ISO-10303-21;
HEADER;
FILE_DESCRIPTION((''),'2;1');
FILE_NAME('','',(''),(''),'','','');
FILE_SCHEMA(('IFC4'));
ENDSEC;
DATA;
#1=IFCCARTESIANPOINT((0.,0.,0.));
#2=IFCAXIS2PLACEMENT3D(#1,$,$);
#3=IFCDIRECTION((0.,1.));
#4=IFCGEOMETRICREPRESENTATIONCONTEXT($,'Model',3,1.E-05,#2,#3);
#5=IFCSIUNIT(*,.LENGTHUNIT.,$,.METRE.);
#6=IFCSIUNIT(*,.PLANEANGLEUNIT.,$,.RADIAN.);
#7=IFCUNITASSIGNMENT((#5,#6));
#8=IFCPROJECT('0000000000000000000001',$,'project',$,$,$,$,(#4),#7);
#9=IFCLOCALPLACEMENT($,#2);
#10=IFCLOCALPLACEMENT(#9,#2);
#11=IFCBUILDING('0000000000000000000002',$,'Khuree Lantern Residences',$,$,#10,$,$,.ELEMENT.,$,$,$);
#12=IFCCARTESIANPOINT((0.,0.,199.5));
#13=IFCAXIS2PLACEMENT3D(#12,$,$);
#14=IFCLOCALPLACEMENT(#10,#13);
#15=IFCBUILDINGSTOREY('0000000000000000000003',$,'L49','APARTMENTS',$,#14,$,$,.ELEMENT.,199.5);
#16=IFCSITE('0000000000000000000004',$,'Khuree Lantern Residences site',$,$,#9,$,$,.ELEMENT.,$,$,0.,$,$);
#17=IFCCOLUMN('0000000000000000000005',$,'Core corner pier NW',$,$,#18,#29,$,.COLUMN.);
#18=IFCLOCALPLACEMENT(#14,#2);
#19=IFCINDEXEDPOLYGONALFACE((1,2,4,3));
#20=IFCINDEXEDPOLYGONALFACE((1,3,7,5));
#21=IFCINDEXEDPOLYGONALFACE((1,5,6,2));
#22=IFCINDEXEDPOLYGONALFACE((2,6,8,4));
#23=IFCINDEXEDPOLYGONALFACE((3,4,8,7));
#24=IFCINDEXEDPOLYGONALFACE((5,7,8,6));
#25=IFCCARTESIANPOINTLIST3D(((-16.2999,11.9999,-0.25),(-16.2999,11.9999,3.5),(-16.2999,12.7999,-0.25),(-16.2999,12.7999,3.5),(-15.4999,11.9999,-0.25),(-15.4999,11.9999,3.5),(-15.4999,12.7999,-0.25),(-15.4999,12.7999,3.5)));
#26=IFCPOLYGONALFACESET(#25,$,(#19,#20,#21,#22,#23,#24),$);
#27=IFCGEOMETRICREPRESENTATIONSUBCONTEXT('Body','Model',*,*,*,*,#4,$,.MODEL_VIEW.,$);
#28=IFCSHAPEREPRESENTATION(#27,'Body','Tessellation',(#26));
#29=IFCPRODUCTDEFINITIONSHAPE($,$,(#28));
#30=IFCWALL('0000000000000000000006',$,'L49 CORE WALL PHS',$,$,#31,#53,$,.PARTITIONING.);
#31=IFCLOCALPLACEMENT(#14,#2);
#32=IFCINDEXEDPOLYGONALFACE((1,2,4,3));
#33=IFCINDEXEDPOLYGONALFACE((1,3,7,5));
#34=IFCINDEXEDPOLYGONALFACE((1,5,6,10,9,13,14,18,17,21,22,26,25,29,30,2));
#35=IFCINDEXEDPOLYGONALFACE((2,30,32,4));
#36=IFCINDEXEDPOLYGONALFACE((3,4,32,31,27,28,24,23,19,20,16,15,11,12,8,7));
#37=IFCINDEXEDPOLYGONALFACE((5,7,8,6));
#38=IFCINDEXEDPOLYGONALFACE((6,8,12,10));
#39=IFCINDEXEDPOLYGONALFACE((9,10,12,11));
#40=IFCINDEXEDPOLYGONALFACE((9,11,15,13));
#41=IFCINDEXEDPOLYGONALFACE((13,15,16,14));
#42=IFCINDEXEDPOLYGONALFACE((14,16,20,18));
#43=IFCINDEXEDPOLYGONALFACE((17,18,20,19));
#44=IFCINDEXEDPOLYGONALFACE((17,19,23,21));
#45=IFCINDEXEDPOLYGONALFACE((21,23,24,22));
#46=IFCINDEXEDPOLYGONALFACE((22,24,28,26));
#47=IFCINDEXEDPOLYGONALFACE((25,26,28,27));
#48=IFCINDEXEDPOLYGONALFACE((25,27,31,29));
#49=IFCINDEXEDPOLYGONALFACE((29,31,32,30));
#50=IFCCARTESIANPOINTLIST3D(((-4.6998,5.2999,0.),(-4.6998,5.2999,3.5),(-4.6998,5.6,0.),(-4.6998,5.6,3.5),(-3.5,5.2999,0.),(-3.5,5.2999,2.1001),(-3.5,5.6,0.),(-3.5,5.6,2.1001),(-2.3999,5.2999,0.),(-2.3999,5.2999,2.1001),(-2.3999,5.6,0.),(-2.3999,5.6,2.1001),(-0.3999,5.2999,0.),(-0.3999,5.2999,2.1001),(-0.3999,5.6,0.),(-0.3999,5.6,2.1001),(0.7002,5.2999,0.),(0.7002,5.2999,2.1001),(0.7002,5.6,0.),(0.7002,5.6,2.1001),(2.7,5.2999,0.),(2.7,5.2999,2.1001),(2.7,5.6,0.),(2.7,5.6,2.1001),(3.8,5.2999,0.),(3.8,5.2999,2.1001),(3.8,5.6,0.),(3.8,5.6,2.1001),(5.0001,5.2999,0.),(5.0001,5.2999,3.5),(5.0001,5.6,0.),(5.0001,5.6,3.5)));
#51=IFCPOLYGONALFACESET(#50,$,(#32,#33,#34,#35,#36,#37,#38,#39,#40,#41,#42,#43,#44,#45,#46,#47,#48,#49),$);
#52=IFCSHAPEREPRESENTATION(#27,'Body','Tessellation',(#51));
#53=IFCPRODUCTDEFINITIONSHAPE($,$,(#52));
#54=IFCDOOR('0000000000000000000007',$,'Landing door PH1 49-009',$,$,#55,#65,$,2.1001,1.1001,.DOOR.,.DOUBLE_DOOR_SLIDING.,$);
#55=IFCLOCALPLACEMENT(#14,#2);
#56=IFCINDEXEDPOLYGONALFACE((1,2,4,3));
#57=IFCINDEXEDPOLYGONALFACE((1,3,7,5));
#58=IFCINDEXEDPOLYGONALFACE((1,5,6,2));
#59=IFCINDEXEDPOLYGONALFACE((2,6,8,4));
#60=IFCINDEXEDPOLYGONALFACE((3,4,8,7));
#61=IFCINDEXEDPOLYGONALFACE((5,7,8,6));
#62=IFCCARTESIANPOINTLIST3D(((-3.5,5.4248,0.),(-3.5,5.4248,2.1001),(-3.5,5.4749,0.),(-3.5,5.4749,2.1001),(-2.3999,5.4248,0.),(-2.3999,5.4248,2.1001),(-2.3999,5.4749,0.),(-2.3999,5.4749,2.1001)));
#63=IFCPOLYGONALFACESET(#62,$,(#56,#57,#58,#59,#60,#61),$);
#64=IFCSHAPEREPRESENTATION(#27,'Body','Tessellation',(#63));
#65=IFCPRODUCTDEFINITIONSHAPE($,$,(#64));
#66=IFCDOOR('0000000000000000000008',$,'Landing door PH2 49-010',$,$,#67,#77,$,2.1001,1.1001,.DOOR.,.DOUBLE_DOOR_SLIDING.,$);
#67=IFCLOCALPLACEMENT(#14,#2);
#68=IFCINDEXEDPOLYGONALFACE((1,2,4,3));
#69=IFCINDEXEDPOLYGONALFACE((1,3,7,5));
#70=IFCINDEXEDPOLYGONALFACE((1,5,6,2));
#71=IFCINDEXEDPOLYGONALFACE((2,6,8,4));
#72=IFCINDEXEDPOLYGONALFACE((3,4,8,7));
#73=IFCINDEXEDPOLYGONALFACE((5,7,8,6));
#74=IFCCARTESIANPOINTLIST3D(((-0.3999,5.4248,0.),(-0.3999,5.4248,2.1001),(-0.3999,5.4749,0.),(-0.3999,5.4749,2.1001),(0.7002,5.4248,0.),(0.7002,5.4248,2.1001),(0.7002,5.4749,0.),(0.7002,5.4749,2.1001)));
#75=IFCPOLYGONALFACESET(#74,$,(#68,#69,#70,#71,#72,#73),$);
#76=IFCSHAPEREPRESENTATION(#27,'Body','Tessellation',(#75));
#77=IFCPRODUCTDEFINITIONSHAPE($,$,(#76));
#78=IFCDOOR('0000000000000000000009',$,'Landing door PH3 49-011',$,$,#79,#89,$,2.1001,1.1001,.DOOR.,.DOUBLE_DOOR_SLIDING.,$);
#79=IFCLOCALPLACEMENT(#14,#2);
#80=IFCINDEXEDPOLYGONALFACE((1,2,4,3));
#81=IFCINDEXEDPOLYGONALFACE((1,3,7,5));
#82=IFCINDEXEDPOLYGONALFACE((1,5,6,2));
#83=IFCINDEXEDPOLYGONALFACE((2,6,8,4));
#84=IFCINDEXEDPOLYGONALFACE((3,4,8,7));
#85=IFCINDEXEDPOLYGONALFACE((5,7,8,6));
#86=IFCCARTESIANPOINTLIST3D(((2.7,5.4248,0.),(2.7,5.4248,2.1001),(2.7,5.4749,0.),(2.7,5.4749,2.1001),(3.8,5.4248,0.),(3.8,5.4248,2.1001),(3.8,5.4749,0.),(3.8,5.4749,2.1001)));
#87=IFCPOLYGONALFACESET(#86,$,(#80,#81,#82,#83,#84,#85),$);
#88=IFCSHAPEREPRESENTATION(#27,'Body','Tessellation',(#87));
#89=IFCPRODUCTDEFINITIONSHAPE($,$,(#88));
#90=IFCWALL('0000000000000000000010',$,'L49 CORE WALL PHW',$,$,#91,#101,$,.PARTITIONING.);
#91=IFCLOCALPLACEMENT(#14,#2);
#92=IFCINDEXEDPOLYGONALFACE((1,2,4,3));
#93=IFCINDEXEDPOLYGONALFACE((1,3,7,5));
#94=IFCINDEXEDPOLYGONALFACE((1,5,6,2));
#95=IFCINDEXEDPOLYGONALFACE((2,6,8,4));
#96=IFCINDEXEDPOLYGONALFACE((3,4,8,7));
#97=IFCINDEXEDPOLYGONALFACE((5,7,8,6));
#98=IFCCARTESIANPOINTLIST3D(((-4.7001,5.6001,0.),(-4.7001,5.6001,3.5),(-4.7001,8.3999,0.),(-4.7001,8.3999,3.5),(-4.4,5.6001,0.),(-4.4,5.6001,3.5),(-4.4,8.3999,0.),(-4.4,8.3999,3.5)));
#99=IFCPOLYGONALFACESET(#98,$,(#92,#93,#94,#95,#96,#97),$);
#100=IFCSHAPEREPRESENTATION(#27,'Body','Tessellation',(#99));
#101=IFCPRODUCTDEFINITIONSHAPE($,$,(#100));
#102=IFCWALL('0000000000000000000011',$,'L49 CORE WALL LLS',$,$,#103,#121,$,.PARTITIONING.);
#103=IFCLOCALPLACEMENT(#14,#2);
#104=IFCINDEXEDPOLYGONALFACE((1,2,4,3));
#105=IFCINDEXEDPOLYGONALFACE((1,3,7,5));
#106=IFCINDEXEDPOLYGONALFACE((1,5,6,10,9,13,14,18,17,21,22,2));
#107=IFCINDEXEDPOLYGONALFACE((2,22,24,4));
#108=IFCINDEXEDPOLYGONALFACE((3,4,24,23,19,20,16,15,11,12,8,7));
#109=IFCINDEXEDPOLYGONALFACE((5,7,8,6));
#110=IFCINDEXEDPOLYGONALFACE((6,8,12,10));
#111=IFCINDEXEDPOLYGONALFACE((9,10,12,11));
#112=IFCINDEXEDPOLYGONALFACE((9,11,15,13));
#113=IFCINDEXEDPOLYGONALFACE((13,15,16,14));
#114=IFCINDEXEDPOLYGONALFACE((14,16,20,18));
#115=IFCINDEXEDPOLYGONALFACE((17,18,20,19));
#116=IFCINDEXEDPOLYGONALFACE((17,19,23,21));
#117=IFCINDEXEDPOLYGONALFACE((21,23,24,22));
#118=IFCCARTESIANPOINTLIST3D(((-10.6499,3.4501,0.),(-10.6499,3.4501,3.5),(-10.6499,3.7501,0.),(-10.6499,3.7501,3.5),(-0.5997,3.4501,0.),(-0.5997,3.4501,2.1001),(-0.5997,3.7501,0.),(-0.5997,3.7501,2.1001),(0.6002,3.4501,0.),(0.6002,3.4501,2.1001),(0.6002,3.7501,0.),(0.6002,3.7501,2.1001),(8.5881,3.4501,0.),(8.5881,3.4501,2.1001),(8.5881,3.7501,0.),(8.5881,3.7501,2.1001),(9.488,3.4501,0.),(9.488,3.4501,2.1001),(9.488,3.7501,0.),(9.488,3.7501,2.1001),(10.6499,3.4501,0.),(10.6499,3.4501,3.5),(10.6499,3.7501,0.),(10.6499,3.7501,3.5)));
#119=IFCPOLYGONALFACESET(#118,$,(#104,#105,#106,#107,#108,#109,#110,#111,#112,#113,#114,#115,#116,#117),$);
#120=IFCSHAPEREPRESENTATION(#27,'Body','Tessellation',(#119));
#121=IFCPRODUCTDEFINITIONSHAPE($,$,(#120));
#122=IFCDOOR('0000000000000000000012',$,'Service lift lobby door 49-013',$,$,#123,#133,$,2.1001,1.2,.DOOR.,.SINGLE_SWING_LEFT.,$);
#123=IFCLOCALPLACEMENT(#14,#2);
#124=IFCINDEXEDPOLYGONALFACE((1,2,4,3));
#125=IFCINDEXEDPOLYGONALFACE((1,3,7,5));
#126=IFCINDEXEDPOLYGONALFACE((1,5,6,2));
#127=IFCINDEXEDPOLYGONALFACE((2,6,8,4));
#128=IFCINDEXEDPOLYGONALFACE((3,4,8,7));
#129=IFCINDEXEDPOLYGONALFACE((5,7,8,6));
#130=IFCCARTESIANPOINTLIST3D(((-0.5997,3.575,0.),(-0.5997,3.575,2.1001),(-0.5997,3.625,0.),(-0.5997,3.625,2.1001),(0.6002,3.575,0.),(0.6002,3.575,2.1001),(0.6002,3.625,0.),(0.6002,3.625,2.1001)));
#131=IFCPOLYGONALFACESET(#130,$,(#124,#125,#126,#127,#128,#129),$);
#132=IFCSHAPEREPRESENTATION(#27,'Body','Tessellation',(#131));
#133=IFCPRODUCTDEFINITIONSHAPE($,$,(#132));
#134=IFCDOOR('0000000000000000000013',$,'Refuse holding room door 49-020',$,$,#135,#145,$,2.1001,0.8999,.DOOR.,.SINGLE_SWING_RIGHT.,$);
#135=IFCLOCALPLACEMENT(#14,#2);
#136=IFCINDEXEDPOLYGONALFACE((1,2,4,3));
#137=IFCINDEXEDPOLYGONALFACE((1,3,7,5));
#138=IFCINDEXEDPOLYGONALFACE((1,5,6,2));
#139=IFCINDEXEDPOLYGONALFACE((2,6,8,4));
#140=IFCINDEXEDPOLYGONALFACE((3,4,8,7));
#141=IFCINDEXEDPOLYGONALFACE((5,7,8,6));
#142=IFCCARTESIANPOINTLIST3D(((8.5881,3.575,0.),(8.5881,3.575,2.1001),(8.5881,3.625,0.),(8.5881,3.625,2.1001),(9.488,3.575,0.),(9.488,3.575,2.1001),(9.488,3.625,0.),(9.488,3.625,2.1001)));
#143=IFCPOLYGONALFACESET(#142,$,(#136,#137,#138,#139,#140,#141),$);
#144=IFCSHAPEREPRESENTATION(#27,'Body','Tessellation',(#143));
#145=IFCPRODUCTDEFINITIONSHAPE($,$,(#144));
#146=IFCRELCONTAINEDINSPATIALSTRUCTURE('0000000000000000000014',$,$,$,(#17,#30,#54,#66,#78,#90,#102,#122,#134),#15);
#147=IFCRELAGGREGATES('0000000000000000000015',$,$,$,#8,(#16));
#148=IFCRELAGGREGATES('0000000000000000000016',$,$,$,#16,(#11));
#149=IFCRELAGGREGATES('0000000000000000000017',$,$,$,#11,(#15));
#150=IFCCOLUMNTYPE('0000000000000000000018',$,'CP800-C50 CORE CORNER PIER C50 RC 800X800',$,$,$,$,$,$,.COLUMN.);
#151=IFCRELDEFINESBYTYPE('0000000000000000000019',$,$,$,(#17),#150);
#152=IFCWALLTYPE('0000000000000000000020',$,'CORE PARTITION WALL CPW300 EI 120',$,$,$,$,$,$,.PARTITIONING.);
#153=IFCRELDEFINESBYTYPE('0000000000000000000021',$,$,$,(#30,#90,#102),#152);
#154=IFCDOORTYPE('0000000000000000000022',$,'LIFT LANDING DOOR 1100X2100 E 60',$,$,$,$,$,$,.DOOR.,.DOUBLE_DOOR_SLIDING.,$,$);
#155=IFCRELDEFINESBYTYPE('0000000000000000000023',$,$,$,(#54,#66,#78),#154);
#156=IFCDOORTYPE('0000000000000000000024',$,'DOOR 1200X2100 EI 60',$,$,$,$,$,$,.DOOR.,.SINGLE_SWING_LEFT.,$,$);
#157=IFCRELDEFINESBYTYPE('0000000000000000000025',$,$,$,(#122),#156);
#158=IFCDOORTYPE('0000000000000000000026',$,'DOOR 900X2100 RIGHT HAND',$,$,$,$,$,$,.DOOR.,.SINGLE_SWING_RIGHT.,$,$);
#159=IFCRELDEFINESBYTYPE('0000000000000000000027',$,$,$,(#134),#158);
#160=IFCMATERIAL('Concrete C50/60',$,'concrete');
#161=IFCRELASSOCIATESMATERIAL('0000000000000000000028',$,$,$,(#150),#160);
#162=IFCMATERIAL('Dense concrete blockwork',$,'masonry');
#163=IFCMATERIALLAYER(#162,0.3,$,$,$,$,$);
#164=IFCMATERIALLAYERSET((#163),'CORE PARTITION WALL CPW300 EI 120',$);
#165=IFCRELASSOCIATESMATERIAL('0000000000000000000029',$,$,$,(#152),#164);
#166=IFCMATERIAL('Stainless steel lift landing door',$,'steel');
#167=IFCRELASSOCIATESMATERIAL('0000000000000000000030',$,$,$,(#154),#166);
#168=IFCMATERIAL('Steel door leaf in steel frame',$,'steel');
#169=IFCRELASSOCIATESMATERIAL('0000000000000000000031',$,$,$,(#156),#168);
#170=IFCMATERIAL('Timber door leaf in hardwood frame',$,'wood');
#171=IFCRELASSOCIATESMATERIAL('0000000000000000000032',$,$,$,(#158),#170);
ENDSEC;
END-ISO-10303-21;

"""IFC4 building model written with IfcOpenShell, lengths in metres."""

from ifc_helpers import new_model, si_unit, direction, frame, frame_2d, origin, origin_2d, place, context, subcontext, project, spatial, rectangle, extrude, material, layer, layer_set, material_profile, profile_set, type_object, element, fill, save


model = new_model("IFC4")

# Units and contexts
model_context = context("Model", 3, precision=1e-05, world=origin(), true_north=direction((0.0, 1.0)))
body_context = subcontext(model_context, "Body", "Model", "MODEL_VIEW")
ifc_project = project(units=[si_unit("LENGTHUNIT", "METRE"), si_unit("PLANEANGLEUNIT", "RADIAN")], contexts=[model_context])

# Site, building, storey
site_placement = place(None, origin())
site = spatial("IfcSite", under=ifc_project, at=site_placement, Name="Khuree Lantern Residences site", CompositionType="ELEMENT", RefElevation=0.0)
building_placement = place(site_placement, origin())
building = spatial("IfcBuilding", under=site, at=building_placement, Name="Khuree Lantern Residences", CompositionType="ELEMENT")
storey_placement = place(building_placement, frame((0.0, 0.0, 199.5)))
storey = spatial("IfcBuildingStorey", under=building, at=storey_placement, Name="L49", Description="APARTMENTS", CompositionType="ELEMENT", Elevation=199.5)

# Column
ifc_material_1 = material(Name="Concrete C50/60", Category="concrete")
ifc_material_profile = material_profile(ifc_material_1, rectangle(XDim=0.8, YDim=0.8, at=origin_2d()), Name="RC 800X800")
ifc_profile_set = profile_set([ifc_material_profile], Name="Concrete C50/60")
column_type = type_object("IfcColumnType", Name="CP800-C50 CORE CORNER PIER C50 RC 800X800", PredefinedType="COLUMN", material=ifc_profile_set)
column_placement = place(storey_placement, frame((-15.8999, 12.3999, -0.25), z_axis=(0.0, 0.0, 1.0), x_axis=(1.0, 0.0, 0.0)))
element("IfcColumn", 1, at=column_placement, inside=storey, type_object=column_type, Name="Core corner pier NW", PredefinedType="COLUMN", context=body_context, shape_type="SweptSolid", body=[
    extrude(rectangle(XDim=0.8, YDim=0.8, at=origin_2d()), origin(), (0.0, 0.0, 1.0), 3.75),
])

# Wall, openings, doors
ifc_material_2 = material(Name="Dense concrete blockwork", Category="masonry")
ifc_layer_1 = layer(ifc_material_2, 0.3)
ifc_layer_set_1 = layer_set([ifc_layer_1], Name="CORE PARTITION WALL CPW300 EI 120")
wall_type_1 = type_object("IfcWallType", Name="CORE PARTITION WALL CPW300 EI 120", PredefinedType="PARTITIONING", material=ifc_layer_set_1)
wall_1_placement = place(storey_placement, frame((-4.7, 5.45, 0.0), z_axis=(0.0, 0.0, 1.0), x_axis=(1.0, 0.0, 0.0)))
wall_1 = element("IfcWall", 2, at=wall_1_placement, inside=storey, type_object=wall_type_1, Name="L49 CORE WALL PHS", PredefinedType="PARTITIONING", context=body_context, shape_type="SweptSolid", body=[
    extrude(rectangle(XDim=9.7, YDim=0.3, at=frame_2d((4.8501, 0.0))), origin(), (0.0, 0.0, 1.0), 3.5),
])
opening_1_placement = place(wall_1_placement, frame((1.2, 0.0, 0.0)))
opening_1 = element("IfcOpeningElement", 3, at=opening_1_placement, cuts=wall_1, PredefinedType="OPENING", context=body_context, shape_type="SweptSolid", body=[
    extrude(rectangle(XDim=1.1001, YDim=2.1001, at=frame_2d((0.55, 1.05))), frame((0.0, 0.1602, 0.0), z_axis=(0.0, -1.0, 0.0), x_axis=(1.0, 0.0, 0.0)), (0.0, 0.0, 1.0), 0.3201),
])
opening_2_placement = place(wall_1_placement, frame((4.3, 0.0, 0.0)))
opening_2 = element("IfcOpeningElement", 4, at=opening_2_placement, cuts=wall_1, PredefinedType="OPENING", context=body_context, shape_type="SweptSolid", body=[
    extrude(rectangle(XDim=1.1001, YDim=2.1001, at=frame_2d((0.55, 1.05))), frame((0.0, 0.1602, 0.0), z_axis=(0.0, -1.0, 0.0), x_axis=(1.0, 0.0, 0.0)), (0.0, 0.0, 1.0), 0.3201),
])
opening_3_placement = place(wall_1_placement, frame((7.3999, 0.0, 0.0)))
opening_3 = element("IfcOpeningElement", 5, at=opening_3_placement, cuts=wall_1, PredefinedType="OPENING", context=body_context, shape_type="SweptSolid", body=[
    extrude(rectangle(XDim=1.1001, YDim=2.1001, at=frame_2d((0.55, 1.05))), frame((0.0, 0.1602, 0.0), z_axis=(0.0, -1.0, 0.0), x_axis=(1.0, 0.0, 0.0)), (0.0, 0.0, 1.0), 0.3201),
])
ifc_material_3 = material(Name="Stainless steel lift landing door", Category="steel")
door_type_1 = type_object("IfcDoorType", Name="LIFT LANDING DOOR 1100X2100 E 60", OperationType="DOUBLE_DOOR_SLIDING", PredefinedType="DOOR", material=ifc_material_3)
door_1_placement = place(opening_1_placement, origin())
door_1 = element("IfcDoor", 6, at=door_1_placement, inside=storey, type_object=door_type_1, Name="Landing door PH1 49-009", OperationType="DOUBLE_DOOR_SLIDING", OverallHeight=2.1001, OverallWidth=1.1001, PredefinedType="DOOR", context=body_context, shape_type="SweptSolid", body=[
    extrude(rectangle(XDim=1.1001, YDim=2.1001, at=frame_2d((0.55, 1.05))), frame((0.0, 0.0249, 0.0), z_axis=(0.0, -1.0, 0.0), x_axis=(1.0, 0.0, 0.0)), (0.0, 0.0, 1.0), 0.05),
])
fill(opening_1, door_1)
door_2_placement = place(opening_2_placement, origin())
door_2 = element("IfcDoor", 7, at=door_2_placement, inside=storey, type_object=door_type_1, Name="Landing door PH2 49-010", OperationType="DOUBLE_DOOR_SLIDING", OverallHeight=2.1001, OverallWidth=1.1001, PredefinedType="DOOR", context=body_context, shape_type="SweptSolid", body=[
    extrude(rectangle(XDim=1.1001, YDim=2.1001, at=frame_2d((0.55, 1.05))), frame((0.0, 0.0249, 0.0), z_axis=(0.0, -1.0, 0.0), x_axis=(1.0, 0.0, 0.0)), (0.0, 0.0, 1.0), 0.05),
])
fill(opening_2, door_2)
door_3_placement = place(opening_3_placement, origin())
door_3 = element("IfcDoor", 8, at=door_3_placement, inside=storey, type_object=door_type_1, Name="Landing door PH3 49-011", OperationType="DOUBLE_DOOR_SLIDING", OverallHeight=2.1001, OverallWidth=1.1001, PredefinedType="DOOR", context=body_context, shape_type="SweptSolid", body=[
    extrude(rectangle(XDim=1.1001, YDim=2.1001, at=frame_2d((0.55, 1.05))), frame((0.0, 0.0249, 0.0), z_axis=(0.0, -1.0, 0.0), x_axis=(1.0, 0.0, 0.0)), (0.0, 0.0, 1.0), 0.05),
])
fill(opening_3, door_3)

# Wall
wall_2_placement = place(storey_placement, frame((-4.55, 5.6001, 0.0), z_axis=(0.0, 0.0, 1.0), x_axis=(0.0, 1.0, 0.0)))
element("IfcWall", 9, at=wall_2_placement, inside=storey, type_object=wall_type_1, Name="L49 CORE WALL PHW", PredefinedType="PARTITIONING", context=body_context, shape_type="SweptSolid", body=[
    extrude(rectangle(XDim=2.7998, YDim=0.3, at=frame_2d((1.3999, 0.0))), origin(), (0.0, 0.0, 1.0), 3.5),
])

# Wall, openings, doors
wall_3_placement = place(storey_placement, frame((-10.6499, 3.6001, 0.0), z_axis=(0.0, 0.0, 1.0), x_axis=(1.0, 0.0, 0.0)))
wall_3 = element("IfcWall", 10, at=wall_3_placement, inside=storey, type_object=wall_type_1, Name="L49 CORE WALL LLS", PredefinedType="PARTITIONING", context=body_context, shape_type="SweptSolid", body=[
    extrude(rectangle(XDim=21.2998, YDim=0.3, at=frame_2d((10.6499, 0.0))), origin(), (0.0, 0.0, 1.0), 3.5),
])
opening_4_placement = place(wall_3_placement, frame((10.05, 0.0, 0.0)))
opening_4 = element("IfcOpeningElement", 11, at=opening_4_placement, cuts=wall_3, PredefinedType="OPENING", context=body_context, shape_type="SweptSolid", body=[
    extrude(rectangle(XDim=1.2, YDim=2.1001, at=frame_2d((0.6001, 1.05))), frame((0.0, 0.1602, 0.0), z_axis=(0.0, -1.0, 0.0), x_axis=(1.0, 0.0, 0.0)), (0.0, 0.0, 1.0), 0.3201),
])
opening_5_placement = place(wall_3_placement, frame((19.238, 0.0, 0.0)))
opening_5 = element("IfcOpeningElement", 12, at=opening_5_placement, cuts=wall_3, PredefinedType="OPENING", context=body_context, shape_type="SweptSolid", body=[
    extrude(rectangle(XDim=0.8999, YDim=2.1001, at=frame_2d((0.45, 1.05))), frame((0.0, 0.1602, 0.0), z_axis=(0.0, -1.0, 0.0), x_axis=(1.0, 0.0, 0.0)), (0.0, 0.0, 1.0), 0.3201),
])
ifc_material_4 = material(Name="Steel door leaf in steel frame", Category="steel")
door_type_2 = type_object("IfcDoorType", Name="DOOR 1200X2100 EI 60", OperationType="SINGLE_SWING_LEFT", PredefinedType="DOOR", material=ifc_material_4)
door_4_placement = place(opening_4_placement, origin())
door_4 = element("IfcDoor", 13, at=door_4_placement, inside=storey, type_object=door_type_2, Name="Service lift lobby door 49-013", OperationType="SINGLE_SWING_LEFT", OverallHeight=2.1001, OverallWidth=1.2, PredefinedType="DOOR", context=body_context, shape_type="SweptSolid", body=[
    extrude(rectangle(XDim=1.2, YDim=2.1001, at=frame_2d((0.6001, 1.05))), frame((0.0, 0.0249, 0.0), z_axis=(0.0, -1.0, 0.0), x_axis=(1.0, 0.0, 0.0)), (0.0, 0.0, 1.0), 0.05),
])
fill(opening_4, door_4)
ifc_material_5 = material(Name="Timber door leaf in hardwood frame", Category="wood")
door_type_3 = type_object("IfcDoorType", Name="DOOR 900X2100 RIGHT HAND", OperationType="SINGLE_SWING_RIGHT", PredefinedType="DOOR", material=ifc_material_5)
door_5_placement = place(opening_5_placement, origin())
door_5 = element("IfcDoor", 14, at=door_5_placement, inside=storey, type_object=door_type_3, Name="Refuse holding room door 49-020", OperationType="SINGLE_SWING_RIGHT", OverallHeight=2.1001, OverallWidth=0.8999, PredefinedType="DOOR", context=body_context, shape_type="SweptSolid", body=[
    extrude(rectangle(XDim=0.8999, YDim=2.1001, at=frame_2d((0.45, 1.05))), frame((0.0, 0.0249, 0.0), z_axis=(0.0, -1.0, 0.0), x_axis=(1.0, 0.0, 0.0)), (0.0, 0.0, 1.0), 0.05),
])
fill(opening_5, door_5)

save(model, "model.ifc")
